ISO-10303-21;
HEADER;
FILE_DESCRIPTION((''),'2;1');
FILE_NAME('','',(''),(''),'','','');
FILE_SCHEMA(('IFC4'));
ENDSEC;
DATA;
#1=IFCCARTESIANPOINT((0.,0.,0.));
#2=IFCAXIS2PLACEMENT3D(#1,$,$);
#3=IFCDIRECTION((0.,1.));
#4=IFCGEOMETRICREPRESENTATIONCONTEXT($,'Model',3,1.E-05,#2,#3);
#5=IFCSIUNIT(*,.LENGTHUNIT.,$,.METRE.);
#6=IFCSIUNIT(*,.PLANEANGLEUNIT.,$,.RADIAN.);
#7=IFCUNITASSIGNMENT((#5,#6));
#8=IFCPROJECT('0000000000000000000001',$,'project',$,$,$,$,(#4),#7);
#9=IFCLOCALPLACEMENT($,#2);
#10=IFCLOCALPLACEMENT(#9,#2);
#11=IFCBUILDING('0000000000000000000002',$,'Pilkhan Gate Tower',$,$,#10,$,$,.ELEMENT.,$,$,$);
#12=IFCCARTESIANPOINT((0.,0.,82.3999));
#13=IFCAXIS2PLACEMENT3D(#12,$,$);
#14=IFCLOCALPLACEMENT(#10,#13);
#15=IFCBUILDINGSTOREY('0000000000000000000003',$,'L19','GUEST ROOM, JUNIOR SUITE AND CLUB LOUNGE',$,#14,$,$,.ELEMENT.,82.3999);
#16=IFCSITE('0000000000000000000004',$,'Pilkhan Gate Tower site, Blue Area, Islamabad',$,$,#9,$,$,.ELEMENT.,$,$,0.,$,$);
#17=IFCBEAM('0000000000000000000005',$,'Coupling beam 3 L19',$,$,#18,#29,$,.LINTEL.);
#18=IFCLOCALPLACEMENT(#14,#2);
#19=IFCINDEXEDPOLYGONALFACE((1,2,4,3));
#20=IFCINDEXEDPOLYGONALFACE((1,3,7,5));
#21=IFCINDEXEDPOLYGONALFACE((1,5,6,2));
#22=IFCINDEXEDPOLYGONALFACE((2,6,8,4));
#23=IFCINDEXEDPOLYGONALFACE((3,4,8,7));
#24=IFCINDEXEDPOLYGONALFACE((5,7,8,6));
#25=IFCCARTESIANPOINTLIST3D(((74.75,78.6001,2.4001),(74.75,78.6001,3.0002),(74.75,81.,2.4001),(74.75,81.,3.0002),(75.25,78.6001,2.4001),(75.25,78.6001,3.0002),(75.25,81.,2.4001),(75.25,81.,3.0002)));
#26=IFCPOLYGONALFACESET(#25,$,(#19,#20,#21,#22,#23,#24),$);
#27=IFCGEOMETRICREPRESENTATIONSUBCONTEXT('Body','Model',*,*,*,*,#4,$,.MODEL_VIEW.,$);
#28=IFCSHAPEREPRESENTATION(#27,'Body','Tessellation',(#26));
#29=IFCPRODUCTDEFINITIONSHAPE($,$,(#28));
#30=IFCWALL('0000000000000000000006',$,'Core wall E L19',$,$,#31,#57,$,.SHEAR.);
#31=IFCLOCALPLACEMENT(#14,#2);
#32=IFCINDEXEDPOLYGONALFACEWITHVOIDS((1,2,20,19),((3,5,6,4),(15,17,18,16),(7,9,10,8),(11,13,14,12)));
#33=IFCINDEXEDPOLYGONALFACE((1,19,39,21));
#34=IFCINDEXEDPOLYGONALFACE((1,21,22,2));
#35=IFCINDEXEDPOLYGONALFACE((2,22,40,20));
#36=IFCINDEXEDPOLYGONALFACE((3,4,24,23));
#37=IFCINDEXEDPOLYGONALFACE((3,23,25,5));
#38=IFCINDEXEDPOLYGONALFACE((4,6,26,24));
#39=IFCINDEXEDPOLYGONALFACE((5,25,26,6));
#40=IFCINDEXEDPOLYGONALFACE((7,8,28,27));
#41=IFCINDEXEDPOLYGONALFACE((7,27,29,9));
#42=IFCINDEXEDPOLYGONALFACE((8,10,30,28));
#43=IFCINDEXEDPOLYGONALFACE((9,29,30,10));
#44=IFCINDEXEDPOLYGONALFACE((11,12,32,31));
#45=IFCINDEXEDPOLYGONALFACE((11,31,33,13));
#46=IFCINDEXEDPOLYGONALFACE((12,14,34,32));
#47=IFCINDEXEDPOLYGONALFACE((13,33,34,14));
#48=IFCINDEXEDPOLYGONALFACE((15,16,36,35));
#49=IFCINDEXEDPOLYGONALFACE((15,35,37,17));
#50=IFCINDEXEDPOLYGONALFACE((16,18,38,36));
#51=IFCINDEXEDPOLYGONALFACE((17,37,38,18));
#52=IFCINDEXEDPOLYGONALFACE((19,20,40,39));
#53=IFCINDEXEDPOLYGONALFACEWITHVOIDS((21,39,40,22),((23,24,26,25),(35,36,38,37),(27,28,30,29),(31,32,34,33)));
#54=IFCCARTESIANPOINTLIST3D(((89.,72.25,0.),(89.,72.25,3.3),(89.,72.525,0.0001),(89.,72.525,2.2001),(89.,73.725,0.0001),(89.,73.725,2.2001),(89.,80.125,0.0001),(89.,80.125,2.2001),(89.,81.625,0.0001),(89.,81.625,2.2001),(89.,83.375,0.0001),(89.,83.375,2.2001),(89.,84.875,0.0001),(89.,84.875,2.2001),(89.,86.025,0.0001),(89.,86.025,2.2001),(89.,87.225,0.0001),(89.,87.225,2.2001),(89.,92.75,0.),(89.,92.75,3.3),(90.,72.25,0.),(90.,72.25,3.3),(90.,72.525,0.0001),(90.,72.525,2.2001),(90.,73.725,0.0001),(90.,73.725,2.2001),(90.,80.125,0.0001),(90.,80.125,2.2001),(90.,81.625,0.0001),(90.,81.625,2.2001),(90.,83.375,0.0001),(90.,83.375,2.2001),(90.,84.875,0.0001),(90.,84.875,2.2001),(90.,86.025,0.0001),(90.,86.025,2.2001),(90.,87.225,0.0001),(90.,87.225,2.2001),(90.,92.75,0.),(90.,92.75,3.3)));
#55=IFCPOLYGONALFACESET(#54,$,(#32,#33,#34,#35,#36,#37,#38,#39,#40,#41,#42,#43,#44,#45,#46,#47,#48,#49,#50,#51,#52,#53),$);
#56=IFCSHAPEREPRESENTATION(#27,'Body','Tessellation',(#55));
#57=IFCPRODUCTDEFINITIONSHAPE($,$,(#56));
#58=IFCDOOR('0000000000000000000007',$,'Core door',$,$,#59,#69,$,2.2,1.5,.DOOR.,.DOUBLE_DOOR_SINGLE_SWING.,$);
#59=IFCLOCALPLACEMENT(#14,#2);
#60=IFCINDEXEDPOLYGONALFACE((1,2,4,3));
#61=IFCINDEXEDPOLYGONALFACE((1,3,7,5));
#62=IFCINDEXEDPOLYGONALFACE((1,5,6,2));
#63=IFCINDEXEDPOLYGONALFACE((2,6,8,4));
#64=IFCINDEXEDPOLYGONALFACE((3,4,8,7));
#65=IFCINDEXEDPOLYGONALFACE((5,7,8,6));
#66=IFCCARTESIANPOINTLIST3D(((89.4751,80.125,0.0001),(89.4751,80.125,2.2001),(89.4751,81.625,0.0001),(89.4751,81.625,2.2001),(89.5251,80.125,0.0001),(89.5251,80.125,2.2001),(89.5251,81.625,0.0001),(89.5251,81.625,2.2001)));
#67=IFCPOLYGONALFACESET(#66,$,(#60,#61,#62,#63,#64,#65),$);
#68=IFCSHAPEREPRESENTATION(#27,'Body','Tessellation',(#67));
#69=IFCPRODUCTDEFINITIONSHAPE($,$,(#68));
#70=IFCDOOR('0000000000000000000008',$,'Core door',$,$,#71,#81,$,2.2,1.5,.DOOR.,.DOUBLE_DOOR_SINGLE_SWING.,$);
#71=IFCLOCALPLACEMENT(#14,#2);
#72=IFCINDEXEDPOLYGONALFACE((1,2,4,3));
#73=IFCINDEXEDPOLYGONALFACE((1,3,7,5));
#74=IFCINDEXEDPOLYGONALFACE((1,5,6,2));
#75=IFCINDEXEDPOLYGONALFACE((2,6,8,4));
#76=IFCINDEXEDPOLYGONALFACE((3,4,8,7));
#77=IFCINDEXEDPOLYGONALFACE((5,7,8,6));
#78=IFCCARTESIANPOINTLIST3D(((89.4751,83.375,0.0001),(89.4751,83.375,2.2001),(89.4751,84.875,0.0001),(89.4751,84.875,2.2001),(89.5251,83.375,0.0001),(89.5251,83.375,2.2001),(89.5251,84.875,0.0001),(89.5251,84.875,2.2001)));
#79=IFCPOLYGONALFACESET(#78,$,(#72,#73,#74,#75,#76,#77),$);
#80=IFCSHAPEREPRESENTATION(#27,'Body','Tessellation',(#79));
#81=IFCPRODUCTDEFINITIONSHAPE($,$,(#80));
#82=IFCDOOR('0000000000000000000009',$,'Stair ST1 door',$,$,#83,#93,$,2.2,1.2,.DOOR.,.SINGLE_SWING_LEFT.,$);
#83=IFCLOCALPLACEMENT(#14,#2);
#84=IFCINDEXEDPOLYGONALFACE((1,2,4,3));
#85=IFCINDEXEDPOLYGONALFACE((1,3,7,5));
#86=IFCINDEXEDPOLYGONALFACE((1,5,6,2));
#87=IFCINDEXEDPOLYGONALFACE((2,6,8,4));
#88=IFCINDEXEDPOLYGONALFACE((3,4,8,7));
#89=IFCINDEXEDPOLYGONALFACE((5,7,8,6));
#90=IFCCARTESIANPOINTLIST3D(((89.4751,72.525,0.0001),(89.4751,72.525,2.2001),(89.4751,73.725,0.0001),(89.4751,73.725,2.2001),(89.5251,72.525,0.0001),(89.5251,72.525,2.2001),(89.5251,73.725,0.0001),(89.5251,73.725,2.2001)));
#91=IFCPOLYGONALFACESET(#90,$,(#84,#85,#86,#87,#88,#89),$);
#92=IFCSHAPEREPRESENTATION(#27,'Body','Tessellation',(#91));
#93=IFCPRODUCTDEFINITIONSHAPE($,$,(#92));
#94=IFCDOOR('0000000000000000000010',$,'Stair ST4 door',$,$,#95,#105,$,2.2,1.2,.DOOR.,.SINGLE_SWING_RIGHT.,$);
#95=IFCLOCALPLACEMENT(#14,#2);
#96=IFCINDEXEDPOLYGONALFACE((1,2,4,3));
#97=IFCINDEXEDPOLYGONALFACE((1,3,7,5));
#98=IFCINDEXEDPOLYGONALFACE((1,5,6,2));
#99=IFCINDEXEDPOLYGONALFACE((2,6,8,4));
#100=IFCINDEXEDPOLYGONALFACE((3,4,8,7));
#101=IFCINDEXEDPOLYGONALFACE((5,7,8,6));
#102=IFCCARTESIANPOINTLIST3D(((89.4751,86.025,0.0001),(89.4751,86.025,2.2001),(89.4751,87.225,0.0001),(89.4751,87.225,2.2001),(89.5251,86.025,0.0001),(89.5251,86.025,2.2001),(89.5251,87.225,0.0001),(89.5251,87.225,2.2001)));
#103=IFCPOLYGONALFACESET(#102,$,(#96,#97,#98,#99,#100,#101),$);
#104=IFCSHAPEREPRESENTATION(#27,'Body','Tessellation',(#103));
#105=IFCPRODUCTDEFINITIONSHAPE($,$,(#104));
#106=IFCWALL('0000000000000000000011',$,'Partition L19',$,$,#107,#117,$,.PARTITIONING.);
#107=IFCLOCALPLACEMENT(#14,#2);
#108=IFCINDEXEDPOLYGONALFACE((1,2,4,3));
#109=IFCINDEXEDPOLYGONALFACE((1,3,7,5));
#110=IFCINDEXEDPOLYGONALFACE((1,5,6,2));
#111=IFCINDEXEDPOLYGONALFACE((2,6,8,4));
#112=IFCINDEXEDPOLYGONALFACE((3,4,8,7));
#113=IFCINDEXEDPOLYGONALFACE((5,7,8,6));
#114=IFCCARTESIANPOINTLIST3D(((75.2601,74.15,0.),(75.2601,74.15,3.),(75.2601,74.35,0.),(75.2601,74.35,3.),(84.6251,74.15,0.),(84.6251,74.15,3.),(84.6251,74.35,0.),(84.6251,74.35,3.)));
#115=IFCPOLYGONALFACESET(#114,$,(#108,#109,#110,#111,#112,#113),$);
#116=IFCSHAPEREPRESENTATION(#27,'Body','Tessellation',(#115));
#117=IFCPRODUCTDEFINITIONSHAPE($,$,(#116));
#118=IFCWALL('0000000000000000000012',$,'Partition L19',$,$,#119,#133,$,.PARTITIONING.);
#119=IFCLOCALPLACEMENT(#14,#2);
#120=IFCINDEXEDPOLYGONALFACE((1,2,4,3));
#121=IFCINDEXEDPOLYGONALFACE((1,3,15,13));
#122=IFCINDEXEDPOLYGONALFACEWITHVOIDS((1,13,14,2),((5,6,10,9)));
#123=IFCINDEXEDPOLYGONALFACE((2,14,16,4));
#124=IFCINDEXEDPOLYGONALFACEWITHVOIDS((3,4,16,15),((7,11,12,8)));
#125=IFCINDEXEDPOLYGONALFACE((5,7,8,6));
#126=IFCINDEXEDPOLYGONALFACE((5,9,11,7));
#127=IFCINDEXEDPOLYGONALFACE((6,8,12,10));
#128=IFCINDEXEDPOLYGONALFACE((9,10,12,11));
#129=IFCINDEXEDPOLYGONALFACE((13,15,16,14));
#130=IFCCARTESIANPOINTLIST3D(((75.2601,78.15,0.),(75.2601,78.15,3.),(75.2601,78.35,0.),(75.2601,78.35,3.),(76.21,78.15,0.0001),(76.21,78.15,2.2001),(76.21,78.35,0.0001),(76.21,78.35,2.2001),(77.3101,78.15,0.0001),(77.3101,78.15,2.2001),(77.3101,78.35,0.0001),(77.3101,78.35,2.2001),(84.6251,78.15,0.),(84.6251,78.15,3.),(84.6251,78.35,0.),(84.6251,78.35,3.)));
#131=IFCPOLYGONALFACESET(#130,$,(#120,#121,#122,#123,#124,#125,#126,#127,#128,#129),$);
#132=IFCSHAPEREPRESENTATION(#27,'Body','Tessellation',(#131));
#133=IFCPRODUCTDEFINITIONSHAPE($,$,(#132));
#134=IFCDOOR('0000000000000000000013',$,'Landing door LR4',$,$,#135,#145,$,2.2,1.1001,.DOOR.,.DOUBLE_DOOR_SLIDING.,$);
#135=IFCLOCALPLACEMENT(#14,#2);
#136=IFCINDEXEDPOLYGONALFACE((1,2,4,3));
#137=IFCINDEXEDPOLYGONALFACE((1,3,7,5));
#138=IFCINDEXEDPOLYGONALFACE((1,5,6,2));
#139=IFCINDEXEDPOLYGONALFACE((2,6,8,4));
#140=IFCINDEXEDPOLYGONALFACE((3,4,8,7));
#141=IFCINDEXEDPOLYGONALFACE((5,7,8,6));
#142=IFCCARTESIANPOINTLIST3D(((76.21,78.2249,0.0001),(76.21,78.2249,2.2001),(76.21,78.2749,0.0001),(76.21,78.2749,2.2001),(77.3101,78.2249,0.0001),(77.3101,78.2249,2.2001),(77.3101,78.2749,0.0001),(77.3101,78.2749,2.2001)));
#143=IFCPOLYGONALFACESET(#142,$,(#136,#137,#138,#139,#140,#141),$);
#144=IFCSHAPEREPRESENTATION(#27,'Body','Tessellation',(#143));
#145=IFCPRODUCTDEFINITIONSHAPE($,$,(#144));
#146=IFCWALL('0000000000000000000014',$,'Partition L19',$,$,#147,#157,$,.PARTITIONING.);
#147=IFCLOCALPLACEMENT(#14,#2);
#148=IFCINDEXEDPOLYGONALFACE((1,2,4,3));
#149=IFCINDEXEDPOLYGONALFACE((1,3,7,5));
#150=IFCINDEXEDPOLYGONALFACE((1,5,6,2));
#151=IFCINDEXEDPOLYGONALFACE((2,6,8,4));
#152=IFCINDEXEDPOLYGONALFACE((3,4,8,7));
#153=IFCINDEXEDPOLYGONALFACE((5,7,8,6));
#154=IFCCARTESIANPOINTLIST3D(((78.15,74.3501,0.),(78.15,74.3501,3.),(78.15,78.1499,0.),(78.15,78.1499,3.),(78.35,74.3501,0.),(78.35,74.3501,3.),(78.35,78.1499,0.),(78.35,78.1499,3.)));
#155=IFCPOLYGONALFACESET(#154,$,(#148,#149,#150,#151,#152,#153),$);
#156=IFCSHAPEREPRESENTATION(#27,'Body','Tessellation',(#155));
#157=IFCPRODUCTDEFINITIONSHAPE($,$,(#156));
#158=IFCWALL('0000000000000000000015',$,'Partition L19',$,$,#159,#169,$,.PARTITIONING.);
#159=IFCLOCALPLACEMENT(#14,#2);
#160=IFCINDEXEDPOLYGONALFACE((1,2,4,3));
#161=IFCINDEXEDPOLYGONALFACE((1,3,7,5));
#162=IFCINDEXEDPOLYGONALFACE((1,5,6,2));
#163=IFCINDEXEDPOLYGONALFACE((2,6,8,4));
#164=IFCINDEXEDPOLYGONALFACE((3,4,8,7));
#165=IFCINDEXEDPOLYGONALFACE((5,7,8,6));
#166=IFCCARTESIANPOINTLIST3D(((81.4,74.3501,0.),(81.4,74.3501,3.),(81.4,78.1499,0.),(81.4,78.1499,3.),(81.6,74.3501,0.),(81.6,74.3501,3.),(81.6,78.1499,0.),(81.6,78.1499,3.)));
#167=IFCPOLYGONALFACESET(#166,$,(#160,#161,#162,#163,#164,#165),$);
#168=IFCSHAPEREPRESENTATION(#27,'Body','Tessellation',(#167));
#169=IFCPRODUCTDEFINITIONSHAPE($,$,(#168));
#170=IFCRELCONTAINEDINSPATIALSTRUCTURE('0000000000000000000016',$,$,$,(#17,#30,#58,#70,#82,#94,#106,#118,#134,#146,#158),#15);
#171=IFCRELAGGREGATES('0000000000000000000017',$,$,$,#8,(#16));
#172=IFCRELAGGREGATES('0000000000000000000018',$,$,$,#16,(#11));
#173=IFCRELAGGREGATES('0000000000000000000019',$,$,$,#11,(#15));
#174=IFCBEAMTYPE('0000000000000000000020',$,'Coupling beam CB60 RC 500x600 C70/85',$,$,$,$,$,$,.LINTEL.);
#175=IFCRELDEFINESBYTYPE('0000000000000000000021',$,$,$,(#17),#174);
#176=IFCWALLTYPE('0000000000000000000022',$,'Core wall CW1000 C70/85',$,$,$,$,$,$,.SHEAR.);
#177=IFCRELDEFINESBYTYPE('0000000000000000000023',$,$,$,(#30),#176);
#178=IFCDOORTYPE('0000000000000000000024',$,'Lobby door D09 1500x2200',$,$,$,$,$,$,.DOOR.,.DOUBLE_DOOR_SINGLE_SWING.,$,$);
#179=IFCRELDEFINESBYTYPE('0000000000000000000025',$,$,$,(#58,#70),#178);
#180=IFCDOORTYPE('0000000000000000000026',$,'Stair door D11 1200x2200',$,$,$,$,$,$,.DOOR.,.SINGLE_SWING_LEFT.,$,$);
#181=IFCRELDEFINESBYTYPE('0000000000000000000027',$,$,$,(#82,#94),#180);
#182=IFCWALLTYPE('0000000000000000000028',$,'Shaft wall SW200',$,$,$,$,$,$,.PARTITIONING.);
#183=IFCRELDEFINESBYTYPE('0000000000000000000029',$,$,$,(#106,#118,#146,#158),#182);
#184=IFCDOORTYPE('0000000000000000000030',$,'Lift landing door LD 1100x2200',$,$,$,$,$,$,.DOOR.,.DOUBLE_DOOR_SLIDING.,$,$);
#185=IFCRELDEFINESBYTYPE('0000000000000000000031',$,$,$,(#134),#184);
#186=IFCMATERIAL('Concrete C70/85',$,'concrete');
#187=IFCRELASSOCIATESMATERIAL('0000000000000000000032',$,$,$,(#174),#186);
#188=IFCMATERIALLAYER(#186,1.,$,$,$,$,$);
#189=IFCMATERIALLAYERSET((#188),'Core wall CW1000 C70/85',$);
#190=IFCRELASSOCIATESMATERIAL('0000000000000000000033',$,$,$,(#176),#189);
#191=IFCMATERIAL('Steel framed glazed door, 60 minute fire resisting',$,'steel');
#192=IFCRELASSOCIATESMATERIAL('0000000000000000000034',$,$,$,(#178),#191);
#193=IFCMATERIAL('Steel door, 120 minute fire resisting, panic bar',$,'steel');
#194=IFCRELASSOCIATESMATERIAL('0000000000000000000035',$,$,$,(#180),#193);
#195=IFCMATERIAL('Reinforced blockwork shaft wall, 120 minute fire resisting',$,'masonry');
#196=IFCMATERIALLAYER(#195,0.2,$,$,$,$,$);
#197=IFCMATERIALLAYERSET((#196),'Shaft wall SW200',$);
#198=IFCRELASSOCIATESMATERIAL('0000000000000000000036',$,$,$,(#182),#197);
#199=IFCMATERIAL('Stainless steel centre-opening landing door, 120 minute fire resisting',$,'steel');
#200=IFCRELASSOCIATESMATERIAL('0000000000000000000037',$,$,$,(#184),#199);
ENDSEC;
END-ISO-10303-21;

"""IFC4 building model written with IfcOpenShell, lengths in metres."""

from ifc_helpers import new_model, si_unit, direction, frame, frame_2d, origin, origin_2d, place, context, subcontext, project, spatial, rectangle, extrude, material, layer, layer_set, material_profile, profile_set, type_object, element, fill, save


model = new_model("IFC4")

# Units and contexts
model_context = context("Model", 3, precision=1e-05, world=origin(), true_north=direction((0.0, 1.0)))
body_context = subcontext(model_context, "Body", "Model", "MODEL_VIEW")
ifc_project = project(units=[si_unit("LENGTHUNIT", "METRE"), si_unit("PLANEANGLEUNIT", "RADIAN")], contexts=[model_context])

# Site, building, storey
site_placement = place(None, origin())
site = spatial("IfcSite", under=ifc_project, at=site_placement, Name="Pilkhan Gate Tower site, Blue Area, Islamabad", CompositionType="ELEMENT", RefElevation=0.0)
building_placement = place(site_placement, origin())
building = spatial("IfcBuilding", under=site, at=building_placement, Name="Pilkhan Gate Tower", CompositionType="ELEMENT")
storey_placement = place(building_placement, frame((0.0, 0.0, 82.3999)))
storey = spatial("IfcBuildingStorey", under=building, at=storey_placement, Name="L19", Description="GUEST ROOM, JUNIOR SUITE AND CLUB LOUNGE", CompositionType="ELEMENT", Elevation=82.3999)

# Beam
ifc_material_1 = material(Name="Concrete C70/85", Category="concrete")
ifc_material_profile = material_profile(ifc_material_1, rectangle(XDim=0.5, YDim=0.6001, at=origin_2d()), Name="RC 500x600")
ifc_profile_set = profile_set([ifc_material_profile], Name="Concrete C70/85")
beam_type = type_object("IfcBeamType", Name="Coupling beam CB60 RC 500x600 C70/85", PredefinedType="LINTEL", material=ifc_profile_set)
beam_placement = place(storey_placement, frame((75.0, 78.6001, 2.7002), z_axis=(0.0, 1.0, 0.0), x_axis=(-1.0, 0.0, 0.0)))
element("IfcBeam", 1, at=beam_placement, inside=storey, type_object=beam_type, Name="Coupling beam 3 L19", PredefinedType="LINTEL", context=body_context, shape_type="SweptSolid", body=[
    extrude(rectangle(XDim=0.5, YDim=0.6001, at=origin_2d()), origin(), (0.0, 0.0, 1.0), 2.3999),
])

# Wall, openings, doors
ifc_layer_1 = layer(ifc_material_1, 1.0)
ifc_layer_set_1 = layer_set([ifc_layer_1], Name="Core wall CW1000 C70/85")
wall_type_1 = type_object("IfcWallType", Name="Core wall CW1000 C70/85", PredefinedType="SHEAR", material=ifc_layer_set_1)
wall_1_placement = place(storey_placement, frame((89.5, 72.25, 0.0), z_axis=(0.0, 0.0, 1.0), x_axis=(0.0, 1.0, 0.0)))
wall_1 = element("IfcWall", 2, at=wall_1_placement, inside=storey, type_object=wall_type_1, Name="Core wall E L19", PredefinedType="SHEAR", context=body_context, shape_type="SweptSolid", body=[
    extrude(rectangle(XDim=20.5, YDim=1.0, at=frame_2d((10.25, 0.0))), origin(), (0.0, 0.0, 1.0), 3.3),
])
opening_1_placement = place(wall_1_placement, frame((0.2749, 0.0, 0.0)))
opening_1 = element("IfcOpeningElement", 3, at=opening_1_placement, cuts=wall_1, PredefinedType="OPENING", context=body_context, shape_type="SweptSolid", body=[
    extrude(rectangle(XDim=1.2, YDim=2.2, at=frame_2d((0.6001, 1.1001))), frame((0.0, 0.51, 0.0), z_axis=(0.0, -1.0, 0.0), x_axis=(1.0, 0.0, 0.0)), (0.0, 0.0, 1.0), 1.02),
])
opening_2_placement = place(wall_1_placement, frame((13.7749, 0.0, 0.0)))
opening_2 = element("IfcOpeningElement", 4, at=opening_2_placement, cuts=wall_1, PredefinedType="OPENING", context=body_context, shape_type="SweptSolid", body=[
    extrude(rectangle(XDim=1.2, YDim=2.2, at=frame_2d((0.6001, 1.1001))), frame((0.0, 0.51, 0.0), z_axis=(0.0, -1.0, 0.0), x_axis=(1.0, 0.0, 0.0)), (0.0, 0.0, 1.0), 1.02),
])
opening_3_placement = place(wall_1_placement, frame((7.875, 0.0, 0.0)))
opening_3 = element("IfcOpeningElement", 5, at=opening_3_placement, cuts=wall_1, PredefinedType="OPENING", context=body_context, shape_type="SweptSolid", body=[
    extrude(rectangle(XDim=1.5, YDim=2.2, at=frame_2d((0.75, 1.1001))), frame((0.0, 0.51, 0.0), z_axis=(0.0, -1.0, 0.0), x_axis=(1.0, 0.0, 0.0)), (0.0, 0.0, 1.0), 1.02),
])
opening_4_placement = place(wall_1_placement, frame((11.125, 0.0, 0.0)))
opening_4 = element("IfcOpeningElement", 6, at=opening_4_placement, cuts=wall_1, PredefinedType="OPENING", context=body_context, shape_type="SweptSolid", body=[
    extrude(rectangle(XDim=1.5, YDim=2.2, at=frame_2d((0.75, 1.1001))), frame((0.0, 0.51, 0.0), z_axis=(0.0, -1.0, 0.0), x_axis=(1.0, 0.0, 0.0)), (0.0, 0.0, 1.0), 1.02),
])
ifc_material_2 = material(Name="Steel framed glazed door, 60 minute fire resisting", Category="steel")
door_type_1 = type_object("IfcDoorType", Name="Lobby door D09 1500x2200", OperationType="DOUBLE_DOOR_SINGLE_SWING", PredefinedType="DOOR", material=ifc_material_2)
door_1_placement = place(opening_3_placement, origin())
door_1 = element("IfcDoor", 7, at=door_1_placement, inside=storey, type_object=door_type_1, Name="Core door", OperationType="DOUBLE_DOOR_SINGLE_SWING", OverallHeight=2.2, OverallWidth=1.5, PredefinedType="DOOR", context=body_context, shape_type="SweptSolid", body=[
    extrude(rectangle(XDim=1.5, YDim=2.2, at=frame_2d((0.75, 1.1001))), frame((0.0, 0.0249, 0.0), z_axis=(0.0, -1.0, 0.0), x_axis=(1.0, 0.0, 0.0)), (0.0, 0.0, 1.0), 0.05),
])
fill(opening_3, door_1)
door_2_placement = place(opening_4_placement, origin())
door_2 = element("IfcDoor", 8, at=door_2_placement, inside=storey, type_object=door_type_1, Name="Core door", OperationType="DOUBLE_DOOR_SINGLE_SWING", OverallHeight=2.2, OverallWidth=1.5, PredefinedType="DOOR", context=body_context, shape_type="SweptSolid", body=[
    extrude(rectangle(XDim=1.5, YDim=2.2, at=frame_2d((0.75, 1.1001))), frame((0.0, 0.0249, 0.0), z_axis=(0.0, -1.0, 0.0), x_axis=(1.0, 0.0, 0.0)), (0.0, 0.0, 1.0), 0.05),
])
fill(opening_4, door_2)
ifc_material_3 = material(Name="Steel door, 120 minute fire resisting, panic bar", Category="steel")
door_type_2 = type_object("IfcDoorType", Name="Stair door D11 1200x2200", OperationType="SINGLE_SWING_LEFT", PredefinedType="DOOR", material=ifc_material_3)
door_3_placement = place(opening_1_placement, origin())
door_3 = element("IfcDoor", 9, at=door_3_placement, inside=storey, type_object=door_type_2, Name="Stair ST1 door", OperationType="SINGLE_SWING_LEFT", OverallHeight=2.2, OverallWidth=1.2, PredefinedType="DOOR", context=body_context, shape_type="SweptSolid", body=[
    extrude(rectangle(XDim=1.2, YDim=2.2, at=frame_2d((0.6001, 1.1001))), frame((0.0, 0.0249, 0.0), z_axis=(0.0, -1.0, 0.0), x_axis=(1.0, 0.0, 0.0)), (0.0, 0.0, 1.0), 0.05),
])
fill(opening_1, door_3)
door_4_placement = place(opening_2_placement, origin())
door_4 = element("IfcDoor", 10, at=door_4_placement, inside=storey, type_object=door_type_2, Name="Stair ST4 door", OperationType="SINGLE_SWING_RIGHT", OverallHeight=2.2, OverallWidth=1.2, PredefinedType="DOOR", context=body_context, shape_type="SweptSolid", body=[
    extrude(rectangle(XDim=1.2, YDim=2.2, at=frame_2d((0.6001, 1.1001))), frame((0.0, 0.0249, 0.0), z_axis=(0.0, -1.0, 0.0), x_axis=(1.0, 0.0, 0.0)), (0.0, 0.0, 1.0), 0.05),
])
fill(opening_2, door_4)

# Wall
ifc_material_4 = material(Name="Reinforced blockwork shaft wall, 120 minute fire resisting", Category="masonry")
ifc_layer_2 = layer(ifc_material_4, 0.2)
ifc_layer_set_2 = layer_set([ifc_layer_2], Name="Shaft wall SW200")
wall_type_2 = type_object("IfcWallType", Name="Shaft wall SW200", PredefinedType="PARTITIONING", material=ifc_layer_set_2)
wall_2_placement = place(storey_placement, frame((75.26, 74.25, 0.0), z_axis=(0.0, 0.0, 1.0), x_axis=(1.0, 0.0, 0.0)))
element("IfcWall", 11, at=wall_2_placement, inside=storey, type_object=wall_type_2, Name="Partition L19", PredefinedType="PARTITIONING", context=body_context, shape_type="SweptSolid", body=[
    extrude(rectangle(XDim=9.365, YDim=0.2, at=frame_2d((4.6826, 0.0))), origin(), (0.0, 0.0, 1.0), 3.0),
])

# Wall, opening, door
wall_3_placement = place(storey_placement, frame((75.26, 78.25, 0.0), z_axis=(0.0, 0.0, 1.0), x_axis=(1.0, 0.0, 0.0)))
wall_3 = element("IfcWall", 12, at=wall_3_placement, inside=storey, type_object=wall_type_2, Name="Partition L19", PredefinedType="PARTITIONING", context=body_context, shape_type="SweptSolid", body=[
    extrude(rectangle(XDim=9.365, YDim=0.2, at=frame_2d((4.6826, 0.0))), origin(), (0.0, 0.0, 1.0), 3.0),
])
opening_5_placement = place(wall_3_placement, frame((0.95, 0.0, 0.0)))
opening_5 = element("IfcOpeningElement", 13, at=opening_5_placement, cuts=wall_3, PredefinedType="OPENING", context=body_context, shape_type="SweptSolid", body=[
    extrude(rectangle(XDim=1.1001, YDim=2.2, at=frame_2d((0.55, 1.1001))), frame((0.0, 0.1099, 0.0), z_axis=(0.0, -1.0, 0.0), x_axis=(1.0, 0.0, 0.0)), (0.0, 0.0, 1.0), 0.22),
])
ifc_material_5 = material(Name="Stainless steel centre-opening landing door, 120 minute fire resisting", Category="steel")
door_type_3 = type_object("IfcDoorType", Name="Lift landing door LD 1100x2200", OperationType="DOUBLE_DOOR_SLIDING", PredefinedType="DOOR", material=ifc_material_5)
door_5_placement = place(opening_5_placement, origin())
door_5 = element("IfcDoor", 14, at=door_5_placement, inside=storey, type_object=door_type_3, Name="Landing door LR4", OperationType="DOUBLE_DOOR_SLIDING", OverallHeight=2.2, OverallWidth=1.1001, PredefinedType="DOOR", context=body_context, shape_type="SweptSolid", body=[
    extrude(rectangle(XDim=1.1001, YDim=2.2, at=frame_2d((0.55, 1.1001))), frame((0.0, 0.0249, 0.0), z_axis=(0.0, -1.0, 0.0), x_axis=(1.0, 0.0, 0.0)), (0.0, 0.0, 1.0), 0.05),
])
fill(opening_5, door_5)

# Walls
for number, where, z_axis, x_axis, name in (
    (15, (78.25, 74.3501, 0.0), (0.0, 0.0, 1.0), (0.0, 1.0, 0.0), "Partition L19"),
    (16, (81.5, 74.3501, 0.0), (0.0, 0.0, 1.0), (0.0, 1.0, 0.0), "Partition L19"),
):
    element("IfcWall", number, at=place(storey_placement, frame(where, z_axis=z_axis, x_axis=x_axis)), inside=storey, type_object=wall_type_2, Name=name, PredefinedType="PARTITIONING", context=body_context, shape_type="SweptSolid", body=[
        extrude(rectangle(XDim=3.7998, YDim=0.2, at=frame_2d((1.8999, 0.0))), origin(), (0.0, 0.0, 1.0), 3.0),
    ])

save(model, "model.ifc")
